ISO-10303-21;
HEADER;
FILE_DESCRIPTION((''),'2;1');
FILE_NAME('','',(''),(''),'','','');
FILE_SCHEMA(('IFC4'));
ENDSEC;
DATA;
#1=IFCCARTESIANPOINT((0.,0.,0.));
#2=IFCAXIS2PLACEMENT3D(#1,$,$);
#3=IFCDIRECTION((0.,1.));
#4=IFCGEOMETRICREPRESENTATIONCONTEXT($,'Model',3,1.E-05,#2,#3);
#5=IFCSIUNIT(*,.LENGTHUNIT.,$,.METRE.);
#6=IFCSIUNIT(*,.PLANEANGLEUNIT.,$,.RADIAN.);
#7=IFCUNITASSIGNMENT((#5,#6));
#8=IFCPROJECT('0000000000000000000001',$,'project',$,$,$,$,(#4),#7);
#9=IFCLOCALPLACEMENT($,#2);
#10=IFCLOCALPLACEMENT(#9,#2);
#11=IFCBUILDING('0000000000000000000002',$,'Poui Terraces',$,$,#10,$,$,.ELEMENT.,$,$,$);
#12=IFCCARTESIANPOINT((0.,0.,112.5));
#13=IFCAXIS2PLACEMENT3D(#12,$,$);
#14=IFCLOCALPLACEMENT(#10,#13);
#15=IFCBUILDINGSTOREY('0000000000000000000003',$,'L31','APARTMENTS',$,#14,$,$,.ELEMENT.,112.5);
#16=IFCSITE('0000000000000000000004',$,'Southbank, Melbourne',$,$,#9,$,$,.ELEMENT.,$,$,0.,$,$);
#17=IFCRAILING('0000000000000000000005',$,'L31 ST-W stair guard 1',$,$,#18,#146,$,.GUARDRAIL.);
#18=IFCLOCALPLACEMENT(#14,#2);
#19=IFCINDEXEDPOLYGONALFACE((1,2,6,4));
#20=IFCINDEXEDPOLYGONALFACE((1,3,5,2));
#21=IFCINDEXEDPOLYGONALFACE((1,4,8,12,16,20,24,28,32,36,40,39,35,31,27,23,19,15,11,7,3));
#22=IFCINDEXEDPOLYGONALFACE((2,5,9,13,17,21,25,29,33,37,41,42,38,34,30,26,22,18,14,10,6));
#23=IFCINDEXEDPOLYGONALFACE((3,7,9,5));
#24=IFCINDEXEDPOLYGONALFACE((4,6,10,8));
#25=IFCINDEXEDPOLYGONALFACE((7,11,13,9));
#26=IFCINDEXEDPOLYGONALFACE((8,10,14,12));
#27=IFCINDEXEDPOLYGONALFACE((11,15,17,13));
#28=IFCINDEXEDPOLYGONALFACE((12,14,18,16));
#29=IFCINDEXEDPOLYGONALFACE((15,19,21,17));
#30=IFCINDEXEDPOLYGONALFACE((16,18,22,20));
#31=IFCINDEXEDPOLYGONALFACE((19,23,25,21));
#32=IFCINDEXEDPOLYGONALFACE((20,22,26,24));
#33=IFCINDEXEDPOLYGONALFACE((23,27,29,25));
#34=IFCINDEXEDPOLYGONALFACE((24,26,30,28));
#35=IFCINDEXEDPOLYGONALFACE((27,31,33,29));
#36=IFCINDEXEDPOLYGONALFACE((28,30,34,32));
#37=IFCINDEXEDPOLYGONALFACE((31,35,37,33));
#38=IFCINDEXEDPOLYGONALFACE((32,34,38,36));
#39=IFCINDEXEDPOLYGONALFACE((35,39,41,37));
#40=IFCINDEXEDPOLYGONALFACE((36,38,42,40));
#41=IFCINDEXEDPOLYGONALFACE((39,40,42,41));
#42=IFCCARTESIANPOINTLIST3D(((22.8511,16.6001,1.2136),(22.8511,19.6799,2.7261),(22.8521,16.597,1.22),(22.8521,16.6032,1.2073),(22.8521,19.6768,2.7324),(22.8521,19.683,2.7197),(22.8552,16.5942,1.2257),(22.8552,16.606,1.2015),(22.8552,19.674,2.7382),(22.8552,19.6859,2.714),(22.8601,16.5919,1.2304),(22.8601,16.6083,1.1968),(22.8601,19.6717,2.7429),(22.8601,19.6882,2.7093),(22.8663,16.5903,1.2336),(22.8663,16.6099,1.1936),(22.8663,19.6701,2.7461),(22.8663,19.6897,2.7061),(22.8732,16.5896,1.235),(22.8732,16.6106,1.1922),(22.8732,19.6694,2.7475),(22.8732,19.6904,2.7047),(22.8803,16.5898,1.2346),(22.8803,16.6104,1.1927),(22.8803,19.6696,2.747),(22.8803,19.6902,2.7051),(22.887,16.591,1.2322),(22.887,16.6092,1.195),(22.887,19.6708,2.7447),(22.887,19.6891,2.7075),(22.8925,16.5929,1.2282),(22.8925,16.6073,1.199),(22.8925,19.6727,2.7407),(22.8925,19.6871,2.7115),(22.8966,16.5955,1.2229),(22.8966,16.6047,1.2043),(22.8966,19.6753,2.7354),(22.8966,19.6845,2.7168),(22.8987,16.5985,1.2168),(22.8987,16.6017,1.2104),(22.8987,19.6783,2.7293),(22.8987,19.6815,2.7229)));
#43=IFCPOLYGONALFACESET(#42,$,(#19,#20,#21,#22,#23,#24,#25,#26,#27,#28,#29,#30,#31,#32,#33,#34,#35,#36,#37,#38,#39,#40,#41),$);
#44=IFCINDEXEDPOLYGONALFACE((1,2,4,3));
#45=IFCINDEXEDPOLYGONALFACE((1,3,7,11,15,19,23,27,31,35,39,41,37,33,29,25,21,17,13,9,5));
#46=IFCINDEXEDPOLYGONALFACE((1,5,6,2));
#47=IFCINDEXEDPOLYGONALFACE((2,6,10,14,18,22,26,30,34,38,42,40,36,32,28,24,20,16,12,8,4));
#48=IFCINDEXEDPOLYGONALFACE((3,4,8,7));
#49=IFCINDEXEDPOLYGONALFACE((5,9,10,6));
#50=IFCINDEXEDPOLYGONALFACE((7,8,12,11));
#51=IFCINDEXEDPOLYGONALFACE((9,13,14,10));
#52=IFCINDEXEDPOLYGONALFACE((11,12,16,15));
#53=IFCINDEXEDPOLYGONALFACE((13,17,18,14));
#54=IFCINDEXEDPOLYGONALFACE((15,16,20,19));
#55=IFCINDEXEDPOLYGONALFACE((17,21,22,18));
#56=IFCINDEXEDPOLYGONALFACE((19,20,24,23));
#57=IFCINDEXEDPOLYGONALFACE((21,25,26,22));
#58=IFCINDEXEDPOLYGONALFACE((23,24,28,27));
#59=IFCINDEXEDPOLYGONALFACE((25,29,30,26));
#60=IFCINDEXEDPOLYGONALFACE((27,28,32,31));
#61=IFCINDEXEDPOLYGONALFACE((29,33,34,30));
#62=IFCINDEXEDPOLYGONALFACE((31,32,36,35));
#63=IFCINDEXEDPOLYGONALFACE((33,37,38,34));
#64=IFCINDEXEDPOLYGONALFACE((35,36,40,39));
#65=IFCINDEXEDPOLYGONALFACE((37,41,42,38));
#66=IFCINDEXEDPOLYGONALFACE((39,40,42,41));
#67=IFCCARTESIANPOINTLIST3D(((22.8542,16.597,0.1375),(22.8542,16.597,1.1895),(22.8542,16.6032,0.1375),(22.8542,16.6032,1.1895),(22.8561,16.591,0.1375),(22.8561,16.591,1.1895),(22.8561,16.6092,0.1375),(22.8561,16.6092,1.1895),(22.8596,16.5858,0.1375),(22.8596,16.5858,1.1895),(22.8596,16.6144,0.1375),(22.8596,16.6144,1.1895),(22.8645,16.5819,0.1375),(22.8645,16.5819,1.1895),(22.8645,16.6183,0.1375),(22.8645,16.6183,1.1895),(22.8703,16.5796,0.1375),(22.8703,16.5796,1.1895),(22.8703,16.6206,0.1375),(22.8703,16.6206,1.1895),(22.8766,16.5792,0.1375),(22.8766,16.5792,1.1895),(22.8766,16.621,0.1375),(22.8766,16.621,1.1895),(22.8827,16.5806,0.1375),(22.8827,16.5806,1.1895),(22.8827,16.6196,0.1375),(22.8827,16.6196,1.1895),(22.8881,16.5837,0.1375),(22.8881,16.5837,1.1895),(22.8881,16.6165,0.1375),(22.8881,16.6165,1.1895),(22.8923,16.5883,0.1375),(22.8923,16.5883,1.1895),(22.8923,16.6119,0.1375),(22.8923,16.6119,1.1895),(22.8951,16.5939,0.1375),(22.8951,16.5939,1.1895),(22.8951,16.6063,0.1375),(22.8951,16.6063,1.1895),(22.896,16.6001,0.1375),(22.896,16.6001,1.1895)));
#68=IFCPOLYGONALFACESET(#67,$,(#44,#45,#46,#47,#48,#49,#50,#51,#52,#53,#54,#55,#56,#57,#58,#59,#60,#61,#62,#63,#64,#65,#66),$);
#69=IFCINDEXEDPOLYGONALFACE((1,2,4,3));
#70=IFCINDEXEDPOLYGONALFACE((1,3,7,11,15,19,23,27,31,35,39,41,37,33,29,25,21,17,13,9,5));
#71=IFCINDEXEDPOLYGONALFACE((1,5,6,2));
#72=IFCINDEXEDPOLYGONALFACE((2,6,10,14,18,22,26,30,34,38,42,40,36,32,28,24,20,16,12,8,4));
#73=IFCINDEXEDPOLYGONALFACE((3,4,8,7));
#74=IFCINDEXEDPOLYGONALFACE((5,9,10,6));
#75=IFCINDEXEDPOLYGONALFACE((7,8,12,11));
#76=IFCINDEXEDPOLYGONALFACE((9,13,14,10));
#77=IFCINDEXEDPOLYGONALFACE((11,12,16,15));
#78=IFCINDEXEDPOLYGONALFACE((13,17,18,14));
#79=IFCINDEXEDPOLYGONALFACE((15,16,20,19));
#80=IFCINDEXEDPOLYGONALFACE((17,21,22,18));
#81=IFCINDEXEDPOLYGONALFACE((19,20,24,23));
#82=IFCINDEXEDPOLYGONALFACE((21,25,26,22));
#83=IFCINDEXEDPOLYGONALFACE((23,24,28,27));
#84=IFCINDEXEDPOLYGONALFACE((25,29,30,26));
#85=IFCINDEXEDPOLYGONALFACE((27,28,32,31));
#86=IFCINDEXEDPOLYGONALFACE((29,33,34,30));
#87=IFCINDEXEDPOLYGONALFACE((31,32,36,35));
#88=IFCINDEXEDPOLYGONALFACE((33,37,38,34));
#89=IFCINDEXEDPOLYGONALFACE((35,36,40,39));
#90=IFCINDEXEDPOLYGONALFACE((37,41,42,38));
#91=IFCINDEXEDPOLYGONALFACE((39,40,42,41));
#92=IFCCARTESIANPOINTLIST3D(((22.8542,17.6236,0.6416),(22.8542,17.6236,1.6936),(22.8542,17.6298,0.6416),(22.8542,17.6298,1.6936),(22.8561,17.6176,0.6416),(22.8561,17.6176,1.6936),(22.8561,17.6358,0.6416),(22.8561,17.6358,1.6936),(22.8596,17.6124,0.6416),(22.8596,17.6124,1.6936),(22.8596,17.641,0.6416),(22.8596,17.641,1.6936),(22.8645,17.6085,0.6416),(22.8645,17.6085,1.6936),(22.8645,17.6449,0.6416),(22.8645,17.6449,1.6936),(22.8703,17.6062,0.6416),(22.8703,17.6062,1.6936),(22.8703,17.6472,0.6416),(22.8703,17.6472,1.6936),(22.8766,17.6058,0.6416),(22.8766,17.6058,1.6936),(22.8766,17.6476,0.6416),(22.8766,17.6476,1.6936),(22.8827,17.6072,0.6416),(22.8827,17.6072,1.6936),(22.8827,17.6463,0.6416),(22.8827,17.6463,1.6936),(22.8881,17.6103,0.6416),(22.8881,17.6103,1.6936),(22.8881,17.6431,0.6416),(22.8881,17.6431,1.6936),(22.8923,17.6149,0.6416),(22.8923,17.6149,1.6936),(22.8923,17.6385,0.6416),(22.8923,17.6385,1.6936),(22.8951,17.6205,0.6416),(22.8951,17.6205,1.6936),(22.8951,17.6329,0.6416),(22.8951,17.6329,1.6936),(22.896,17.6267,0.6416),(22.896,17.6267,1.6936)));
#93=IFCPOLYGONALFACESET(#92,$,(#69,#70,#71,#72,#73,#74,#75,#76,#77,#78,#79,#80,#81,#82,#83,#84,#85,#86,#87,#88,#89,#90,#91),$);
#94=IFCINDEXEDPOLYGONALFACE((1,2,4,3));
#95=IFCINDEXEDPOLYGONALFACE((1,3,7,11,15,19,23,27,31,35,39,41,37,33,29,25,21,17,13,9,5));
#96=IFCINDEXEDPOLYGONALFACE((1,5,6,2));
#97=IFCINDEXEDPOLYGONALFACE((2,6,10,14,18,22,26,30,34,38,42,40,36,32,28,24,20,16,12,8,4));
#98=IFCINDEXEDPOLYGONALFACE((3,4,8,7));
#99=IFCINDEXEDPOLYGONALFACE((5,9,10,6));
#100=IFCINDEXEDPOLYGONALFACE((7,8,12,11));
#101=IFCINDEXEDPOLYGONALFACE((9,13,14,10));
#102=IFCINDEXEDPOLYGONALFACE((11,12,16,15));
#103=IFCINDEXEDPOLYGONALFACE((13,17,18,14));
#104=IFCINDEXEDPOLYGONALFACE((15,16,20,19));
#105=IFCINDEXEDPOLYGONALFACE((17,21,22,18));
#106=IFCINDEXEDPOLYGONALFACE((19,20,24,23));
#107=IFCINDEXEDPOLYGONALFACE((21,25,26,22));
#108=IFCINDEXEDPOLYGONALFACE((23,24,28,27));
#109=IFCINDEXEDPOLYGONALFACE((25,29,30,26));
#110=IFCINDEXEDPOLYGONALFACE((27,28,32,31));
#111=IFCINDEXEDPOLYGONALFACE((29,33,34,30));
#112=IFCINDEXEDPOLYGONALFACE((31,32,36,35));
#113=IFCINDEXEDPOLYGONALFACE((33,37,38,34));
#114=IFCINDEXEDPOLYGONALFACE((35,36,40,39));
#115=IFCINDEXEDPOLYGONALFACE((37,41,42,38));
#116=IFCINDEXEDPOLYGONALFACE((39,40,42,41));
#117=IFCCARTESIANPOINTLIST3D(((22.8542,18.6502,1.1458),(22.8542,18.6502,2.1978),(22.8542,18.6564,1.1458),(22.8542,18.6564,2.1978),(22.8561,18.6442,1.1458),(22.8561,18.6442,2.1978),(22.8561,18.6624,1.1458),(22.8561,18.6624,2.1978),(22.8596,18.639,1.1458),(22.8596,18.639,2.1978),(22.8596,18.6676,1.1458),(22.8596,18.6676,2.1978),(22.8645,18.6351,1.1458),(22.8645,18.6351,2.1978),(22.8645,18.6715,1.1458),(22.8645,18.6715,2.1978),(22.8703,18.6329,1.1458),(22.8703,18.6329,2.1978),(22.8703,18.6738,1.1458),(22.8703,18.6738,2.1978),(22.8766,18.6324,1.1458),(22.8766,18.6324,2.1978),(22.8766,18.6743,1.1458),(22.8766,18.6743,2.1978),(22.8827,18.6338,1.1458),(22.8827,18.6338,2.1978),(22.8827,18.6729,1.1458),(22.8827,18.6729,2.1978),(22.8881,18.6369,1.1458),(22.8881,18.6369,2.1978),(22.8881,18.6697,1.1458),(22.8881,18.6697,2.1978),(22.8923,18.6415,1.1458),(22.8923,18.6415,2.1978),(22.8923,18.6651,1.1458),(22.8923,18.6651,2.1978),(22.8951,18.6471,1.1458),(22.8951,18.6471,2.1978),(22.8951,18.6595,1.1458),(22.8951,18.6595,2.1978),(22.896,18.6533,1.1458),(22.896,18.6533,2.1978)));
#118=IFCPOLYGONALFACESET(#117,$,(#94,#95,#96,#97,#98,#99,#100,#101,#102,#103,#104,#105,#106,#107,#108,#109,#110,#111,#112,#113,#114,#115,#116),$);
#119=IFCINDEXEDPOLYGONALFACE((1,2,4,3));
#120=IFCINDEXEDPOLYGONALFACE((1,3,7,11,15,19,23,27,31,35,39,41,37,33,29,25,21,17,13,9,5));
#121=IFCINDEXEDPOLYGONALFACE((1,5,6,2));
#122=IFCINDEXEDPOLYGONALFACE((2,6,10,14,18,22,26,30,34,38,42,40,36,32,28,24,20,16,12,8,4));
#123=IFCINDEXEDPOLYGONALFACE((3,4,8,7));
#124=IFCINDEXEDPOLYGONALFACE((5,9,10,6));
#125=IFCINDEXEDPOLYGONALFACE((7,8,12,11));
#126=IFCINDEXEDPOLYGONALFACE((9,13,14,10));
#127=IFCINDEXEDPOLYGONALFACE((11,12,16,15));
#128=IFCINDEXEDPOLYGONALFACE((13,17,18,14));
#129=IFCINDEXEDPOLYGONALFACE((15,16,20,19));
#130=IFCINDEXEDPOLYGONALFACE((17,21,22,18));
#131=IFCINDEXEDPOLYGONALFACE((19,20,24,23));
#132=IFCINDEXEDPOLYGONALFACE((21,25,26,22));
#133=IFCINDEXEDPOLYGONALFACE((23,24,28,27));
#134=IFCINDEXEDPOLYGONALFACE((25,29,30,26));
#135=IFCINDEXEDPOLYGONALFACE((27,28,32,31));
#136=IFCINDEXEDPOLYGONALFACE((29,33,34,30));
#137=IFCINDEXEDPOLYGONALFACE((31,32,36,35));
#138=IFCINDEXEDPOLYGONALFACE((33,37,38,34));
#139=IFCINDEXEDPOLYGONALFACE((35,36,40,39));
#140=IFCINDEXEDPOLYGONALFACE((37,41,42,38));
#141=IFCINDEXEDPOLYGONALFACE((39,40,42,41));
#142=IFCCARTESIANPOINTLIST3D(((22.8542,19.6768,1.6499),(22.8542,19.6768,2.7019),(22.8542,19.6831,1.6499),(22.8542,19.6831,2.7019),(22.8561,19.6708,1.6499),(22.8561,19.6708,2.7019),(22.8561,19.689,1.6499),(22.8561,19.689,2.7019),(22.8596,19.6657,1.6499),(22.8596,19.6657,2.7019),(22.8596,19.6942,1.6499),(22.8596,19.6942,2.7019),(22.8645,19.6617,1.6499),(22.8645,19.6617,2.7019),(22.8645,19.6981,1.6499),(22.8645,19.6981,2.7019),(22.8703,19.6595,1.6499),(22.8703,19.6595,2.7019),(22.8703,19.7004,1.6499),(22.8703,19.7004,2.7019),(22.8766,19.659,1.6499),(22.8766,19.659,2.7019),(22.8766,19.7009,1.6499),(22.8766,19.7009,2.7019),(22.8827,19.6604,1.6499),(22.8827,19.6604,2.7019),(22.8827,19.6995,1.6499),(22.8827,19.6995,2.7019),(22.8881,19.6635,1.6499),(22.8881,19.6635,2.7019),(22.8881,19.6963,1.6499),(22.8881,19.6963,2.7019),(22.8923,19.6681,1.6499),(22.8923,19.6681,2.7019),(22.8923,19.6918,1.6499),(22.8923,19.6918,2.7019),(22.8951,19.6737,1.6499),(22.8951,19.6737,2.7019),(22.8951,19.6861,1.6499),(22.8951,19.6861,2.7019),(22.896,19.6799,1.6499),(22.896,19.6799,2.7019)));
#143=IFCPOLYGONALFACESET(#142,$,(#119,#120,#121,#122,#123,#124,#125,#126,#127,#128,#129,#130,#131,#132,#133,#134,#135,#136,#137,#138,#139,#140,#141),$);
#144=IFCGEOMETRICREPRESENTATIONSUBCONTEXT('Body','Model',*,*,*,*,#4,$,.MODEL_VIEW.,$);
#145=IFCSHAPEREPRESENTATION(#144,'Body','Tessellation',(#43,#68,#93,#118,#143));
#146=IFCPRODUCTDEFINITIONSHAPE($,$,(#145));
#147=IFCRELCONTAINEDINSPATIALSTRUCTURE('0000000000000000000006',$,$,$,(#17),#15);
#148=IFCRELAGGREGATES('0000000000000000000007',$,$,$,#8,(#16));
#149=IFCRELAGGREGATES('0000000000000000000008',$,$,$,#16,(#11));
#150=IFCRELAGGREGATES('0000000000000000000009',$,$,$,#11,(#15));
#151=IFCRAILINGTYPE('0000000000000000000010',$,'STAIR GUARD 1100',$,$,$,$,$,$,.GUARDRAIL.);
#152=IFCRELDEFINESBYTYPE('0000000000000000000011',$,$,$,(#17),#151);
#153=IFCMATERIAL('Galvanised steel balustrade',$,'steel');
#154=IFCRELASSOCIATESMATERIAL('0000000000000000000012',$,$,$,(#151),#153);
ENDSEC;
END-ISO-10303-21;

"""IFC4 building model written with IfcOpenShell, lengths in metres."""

from ifc_helpers import new_model, si_unit, direction, frame, origin, origin_2d, place, context, subcontext, project, spatial, circle, extrude, material, type_object, element, save


model = new_model("IFC4")

# Units and contexts
model_context = context("Model", 3, precision=1e-05, world=origin(), true_north=direction((0.0, 1.0)))
body_context = subcontext(model_context, "Body", "Model", "MODEL_VIEW")
ifc_project = project(units=[si_unit("LENGTHUNIT", "METRE"), si_unit("PLANEANGLEUNIT", "RADIAN")], contexts=[model_context])

# Site, building, storey
site_placement = place(None, origin())
site = spatial("IfcSite", under=ifc_project, at=site_placement, Name="Southbank, Melbourne", CompositionType="ELEMENT", RefElevation=0.0)
building_placement = place(site_placement, origin())
building = spatial("IfcBuilding", under=site, at=building_placement, Name="Poui Terraces", CompositionType="ELEMENT")
storey_placement = place(building_placement, frame((0.0, 0.0, 112.5)))
storey = spatial("IfcBuildingStorey", under=building, at=storey_placement, Name="L31", Description="APARTMENTS", CompositionType="ELEMENT", Elevation=112.5)

# Railing
ifc_material_1 = material(Name="Galvanised steel balustrade", Category="steel")
railing_type_1 = type_object("IfcRailingType", Name="STAIR GUARD 1100", PredefinedType="GUARDRAIL", material=ifc_material_1)
railing_1_placement = place(storey_placement, frame((22.875, 16.6001, 0.1375)))
element("IfcRailing", 1, at=railing_1_placement, inside=storey, type_object=railing_type_1, Name="L31 ST-W stair guard 1", PredefinedType="GUARDRAIL", context=body_context, shape_type="SweptSolid", body=[
    extrude(circle(Radius=0.0239, at=origin_2d()), frame((0.0, 0.0, 1.0762), z_axis=(0.0, 0.897606, 0.440798), x_axis=(-1.0, 0.0, 0.0)), (0.0, 0.0, 1.0), 3.4312),
    extrude(circle(Radius=0.021, at=origin_2d()), origin(), (0.0, 0.0, 1.0), 1.052),
    extrude(circle(Radius=0.021, at=origin_2d()), frame((0.0, 1.0266, 0.5042)), (0.0, 0.0, 1.0), 1.052),
    extrude(circle(Radius=0.021, at=origin_2d()), frame((0.0, 2.0532, 1.0083)), (0.0, 0.0, 1.0), 1.052),
    extrude(circle(Radius=0.021, at=origin_2d()), frame((0.0, 3.0798, 1.5125)), (0.0, 0.0, 1.0), 1.052),
])

save(model, "model.ifc")
